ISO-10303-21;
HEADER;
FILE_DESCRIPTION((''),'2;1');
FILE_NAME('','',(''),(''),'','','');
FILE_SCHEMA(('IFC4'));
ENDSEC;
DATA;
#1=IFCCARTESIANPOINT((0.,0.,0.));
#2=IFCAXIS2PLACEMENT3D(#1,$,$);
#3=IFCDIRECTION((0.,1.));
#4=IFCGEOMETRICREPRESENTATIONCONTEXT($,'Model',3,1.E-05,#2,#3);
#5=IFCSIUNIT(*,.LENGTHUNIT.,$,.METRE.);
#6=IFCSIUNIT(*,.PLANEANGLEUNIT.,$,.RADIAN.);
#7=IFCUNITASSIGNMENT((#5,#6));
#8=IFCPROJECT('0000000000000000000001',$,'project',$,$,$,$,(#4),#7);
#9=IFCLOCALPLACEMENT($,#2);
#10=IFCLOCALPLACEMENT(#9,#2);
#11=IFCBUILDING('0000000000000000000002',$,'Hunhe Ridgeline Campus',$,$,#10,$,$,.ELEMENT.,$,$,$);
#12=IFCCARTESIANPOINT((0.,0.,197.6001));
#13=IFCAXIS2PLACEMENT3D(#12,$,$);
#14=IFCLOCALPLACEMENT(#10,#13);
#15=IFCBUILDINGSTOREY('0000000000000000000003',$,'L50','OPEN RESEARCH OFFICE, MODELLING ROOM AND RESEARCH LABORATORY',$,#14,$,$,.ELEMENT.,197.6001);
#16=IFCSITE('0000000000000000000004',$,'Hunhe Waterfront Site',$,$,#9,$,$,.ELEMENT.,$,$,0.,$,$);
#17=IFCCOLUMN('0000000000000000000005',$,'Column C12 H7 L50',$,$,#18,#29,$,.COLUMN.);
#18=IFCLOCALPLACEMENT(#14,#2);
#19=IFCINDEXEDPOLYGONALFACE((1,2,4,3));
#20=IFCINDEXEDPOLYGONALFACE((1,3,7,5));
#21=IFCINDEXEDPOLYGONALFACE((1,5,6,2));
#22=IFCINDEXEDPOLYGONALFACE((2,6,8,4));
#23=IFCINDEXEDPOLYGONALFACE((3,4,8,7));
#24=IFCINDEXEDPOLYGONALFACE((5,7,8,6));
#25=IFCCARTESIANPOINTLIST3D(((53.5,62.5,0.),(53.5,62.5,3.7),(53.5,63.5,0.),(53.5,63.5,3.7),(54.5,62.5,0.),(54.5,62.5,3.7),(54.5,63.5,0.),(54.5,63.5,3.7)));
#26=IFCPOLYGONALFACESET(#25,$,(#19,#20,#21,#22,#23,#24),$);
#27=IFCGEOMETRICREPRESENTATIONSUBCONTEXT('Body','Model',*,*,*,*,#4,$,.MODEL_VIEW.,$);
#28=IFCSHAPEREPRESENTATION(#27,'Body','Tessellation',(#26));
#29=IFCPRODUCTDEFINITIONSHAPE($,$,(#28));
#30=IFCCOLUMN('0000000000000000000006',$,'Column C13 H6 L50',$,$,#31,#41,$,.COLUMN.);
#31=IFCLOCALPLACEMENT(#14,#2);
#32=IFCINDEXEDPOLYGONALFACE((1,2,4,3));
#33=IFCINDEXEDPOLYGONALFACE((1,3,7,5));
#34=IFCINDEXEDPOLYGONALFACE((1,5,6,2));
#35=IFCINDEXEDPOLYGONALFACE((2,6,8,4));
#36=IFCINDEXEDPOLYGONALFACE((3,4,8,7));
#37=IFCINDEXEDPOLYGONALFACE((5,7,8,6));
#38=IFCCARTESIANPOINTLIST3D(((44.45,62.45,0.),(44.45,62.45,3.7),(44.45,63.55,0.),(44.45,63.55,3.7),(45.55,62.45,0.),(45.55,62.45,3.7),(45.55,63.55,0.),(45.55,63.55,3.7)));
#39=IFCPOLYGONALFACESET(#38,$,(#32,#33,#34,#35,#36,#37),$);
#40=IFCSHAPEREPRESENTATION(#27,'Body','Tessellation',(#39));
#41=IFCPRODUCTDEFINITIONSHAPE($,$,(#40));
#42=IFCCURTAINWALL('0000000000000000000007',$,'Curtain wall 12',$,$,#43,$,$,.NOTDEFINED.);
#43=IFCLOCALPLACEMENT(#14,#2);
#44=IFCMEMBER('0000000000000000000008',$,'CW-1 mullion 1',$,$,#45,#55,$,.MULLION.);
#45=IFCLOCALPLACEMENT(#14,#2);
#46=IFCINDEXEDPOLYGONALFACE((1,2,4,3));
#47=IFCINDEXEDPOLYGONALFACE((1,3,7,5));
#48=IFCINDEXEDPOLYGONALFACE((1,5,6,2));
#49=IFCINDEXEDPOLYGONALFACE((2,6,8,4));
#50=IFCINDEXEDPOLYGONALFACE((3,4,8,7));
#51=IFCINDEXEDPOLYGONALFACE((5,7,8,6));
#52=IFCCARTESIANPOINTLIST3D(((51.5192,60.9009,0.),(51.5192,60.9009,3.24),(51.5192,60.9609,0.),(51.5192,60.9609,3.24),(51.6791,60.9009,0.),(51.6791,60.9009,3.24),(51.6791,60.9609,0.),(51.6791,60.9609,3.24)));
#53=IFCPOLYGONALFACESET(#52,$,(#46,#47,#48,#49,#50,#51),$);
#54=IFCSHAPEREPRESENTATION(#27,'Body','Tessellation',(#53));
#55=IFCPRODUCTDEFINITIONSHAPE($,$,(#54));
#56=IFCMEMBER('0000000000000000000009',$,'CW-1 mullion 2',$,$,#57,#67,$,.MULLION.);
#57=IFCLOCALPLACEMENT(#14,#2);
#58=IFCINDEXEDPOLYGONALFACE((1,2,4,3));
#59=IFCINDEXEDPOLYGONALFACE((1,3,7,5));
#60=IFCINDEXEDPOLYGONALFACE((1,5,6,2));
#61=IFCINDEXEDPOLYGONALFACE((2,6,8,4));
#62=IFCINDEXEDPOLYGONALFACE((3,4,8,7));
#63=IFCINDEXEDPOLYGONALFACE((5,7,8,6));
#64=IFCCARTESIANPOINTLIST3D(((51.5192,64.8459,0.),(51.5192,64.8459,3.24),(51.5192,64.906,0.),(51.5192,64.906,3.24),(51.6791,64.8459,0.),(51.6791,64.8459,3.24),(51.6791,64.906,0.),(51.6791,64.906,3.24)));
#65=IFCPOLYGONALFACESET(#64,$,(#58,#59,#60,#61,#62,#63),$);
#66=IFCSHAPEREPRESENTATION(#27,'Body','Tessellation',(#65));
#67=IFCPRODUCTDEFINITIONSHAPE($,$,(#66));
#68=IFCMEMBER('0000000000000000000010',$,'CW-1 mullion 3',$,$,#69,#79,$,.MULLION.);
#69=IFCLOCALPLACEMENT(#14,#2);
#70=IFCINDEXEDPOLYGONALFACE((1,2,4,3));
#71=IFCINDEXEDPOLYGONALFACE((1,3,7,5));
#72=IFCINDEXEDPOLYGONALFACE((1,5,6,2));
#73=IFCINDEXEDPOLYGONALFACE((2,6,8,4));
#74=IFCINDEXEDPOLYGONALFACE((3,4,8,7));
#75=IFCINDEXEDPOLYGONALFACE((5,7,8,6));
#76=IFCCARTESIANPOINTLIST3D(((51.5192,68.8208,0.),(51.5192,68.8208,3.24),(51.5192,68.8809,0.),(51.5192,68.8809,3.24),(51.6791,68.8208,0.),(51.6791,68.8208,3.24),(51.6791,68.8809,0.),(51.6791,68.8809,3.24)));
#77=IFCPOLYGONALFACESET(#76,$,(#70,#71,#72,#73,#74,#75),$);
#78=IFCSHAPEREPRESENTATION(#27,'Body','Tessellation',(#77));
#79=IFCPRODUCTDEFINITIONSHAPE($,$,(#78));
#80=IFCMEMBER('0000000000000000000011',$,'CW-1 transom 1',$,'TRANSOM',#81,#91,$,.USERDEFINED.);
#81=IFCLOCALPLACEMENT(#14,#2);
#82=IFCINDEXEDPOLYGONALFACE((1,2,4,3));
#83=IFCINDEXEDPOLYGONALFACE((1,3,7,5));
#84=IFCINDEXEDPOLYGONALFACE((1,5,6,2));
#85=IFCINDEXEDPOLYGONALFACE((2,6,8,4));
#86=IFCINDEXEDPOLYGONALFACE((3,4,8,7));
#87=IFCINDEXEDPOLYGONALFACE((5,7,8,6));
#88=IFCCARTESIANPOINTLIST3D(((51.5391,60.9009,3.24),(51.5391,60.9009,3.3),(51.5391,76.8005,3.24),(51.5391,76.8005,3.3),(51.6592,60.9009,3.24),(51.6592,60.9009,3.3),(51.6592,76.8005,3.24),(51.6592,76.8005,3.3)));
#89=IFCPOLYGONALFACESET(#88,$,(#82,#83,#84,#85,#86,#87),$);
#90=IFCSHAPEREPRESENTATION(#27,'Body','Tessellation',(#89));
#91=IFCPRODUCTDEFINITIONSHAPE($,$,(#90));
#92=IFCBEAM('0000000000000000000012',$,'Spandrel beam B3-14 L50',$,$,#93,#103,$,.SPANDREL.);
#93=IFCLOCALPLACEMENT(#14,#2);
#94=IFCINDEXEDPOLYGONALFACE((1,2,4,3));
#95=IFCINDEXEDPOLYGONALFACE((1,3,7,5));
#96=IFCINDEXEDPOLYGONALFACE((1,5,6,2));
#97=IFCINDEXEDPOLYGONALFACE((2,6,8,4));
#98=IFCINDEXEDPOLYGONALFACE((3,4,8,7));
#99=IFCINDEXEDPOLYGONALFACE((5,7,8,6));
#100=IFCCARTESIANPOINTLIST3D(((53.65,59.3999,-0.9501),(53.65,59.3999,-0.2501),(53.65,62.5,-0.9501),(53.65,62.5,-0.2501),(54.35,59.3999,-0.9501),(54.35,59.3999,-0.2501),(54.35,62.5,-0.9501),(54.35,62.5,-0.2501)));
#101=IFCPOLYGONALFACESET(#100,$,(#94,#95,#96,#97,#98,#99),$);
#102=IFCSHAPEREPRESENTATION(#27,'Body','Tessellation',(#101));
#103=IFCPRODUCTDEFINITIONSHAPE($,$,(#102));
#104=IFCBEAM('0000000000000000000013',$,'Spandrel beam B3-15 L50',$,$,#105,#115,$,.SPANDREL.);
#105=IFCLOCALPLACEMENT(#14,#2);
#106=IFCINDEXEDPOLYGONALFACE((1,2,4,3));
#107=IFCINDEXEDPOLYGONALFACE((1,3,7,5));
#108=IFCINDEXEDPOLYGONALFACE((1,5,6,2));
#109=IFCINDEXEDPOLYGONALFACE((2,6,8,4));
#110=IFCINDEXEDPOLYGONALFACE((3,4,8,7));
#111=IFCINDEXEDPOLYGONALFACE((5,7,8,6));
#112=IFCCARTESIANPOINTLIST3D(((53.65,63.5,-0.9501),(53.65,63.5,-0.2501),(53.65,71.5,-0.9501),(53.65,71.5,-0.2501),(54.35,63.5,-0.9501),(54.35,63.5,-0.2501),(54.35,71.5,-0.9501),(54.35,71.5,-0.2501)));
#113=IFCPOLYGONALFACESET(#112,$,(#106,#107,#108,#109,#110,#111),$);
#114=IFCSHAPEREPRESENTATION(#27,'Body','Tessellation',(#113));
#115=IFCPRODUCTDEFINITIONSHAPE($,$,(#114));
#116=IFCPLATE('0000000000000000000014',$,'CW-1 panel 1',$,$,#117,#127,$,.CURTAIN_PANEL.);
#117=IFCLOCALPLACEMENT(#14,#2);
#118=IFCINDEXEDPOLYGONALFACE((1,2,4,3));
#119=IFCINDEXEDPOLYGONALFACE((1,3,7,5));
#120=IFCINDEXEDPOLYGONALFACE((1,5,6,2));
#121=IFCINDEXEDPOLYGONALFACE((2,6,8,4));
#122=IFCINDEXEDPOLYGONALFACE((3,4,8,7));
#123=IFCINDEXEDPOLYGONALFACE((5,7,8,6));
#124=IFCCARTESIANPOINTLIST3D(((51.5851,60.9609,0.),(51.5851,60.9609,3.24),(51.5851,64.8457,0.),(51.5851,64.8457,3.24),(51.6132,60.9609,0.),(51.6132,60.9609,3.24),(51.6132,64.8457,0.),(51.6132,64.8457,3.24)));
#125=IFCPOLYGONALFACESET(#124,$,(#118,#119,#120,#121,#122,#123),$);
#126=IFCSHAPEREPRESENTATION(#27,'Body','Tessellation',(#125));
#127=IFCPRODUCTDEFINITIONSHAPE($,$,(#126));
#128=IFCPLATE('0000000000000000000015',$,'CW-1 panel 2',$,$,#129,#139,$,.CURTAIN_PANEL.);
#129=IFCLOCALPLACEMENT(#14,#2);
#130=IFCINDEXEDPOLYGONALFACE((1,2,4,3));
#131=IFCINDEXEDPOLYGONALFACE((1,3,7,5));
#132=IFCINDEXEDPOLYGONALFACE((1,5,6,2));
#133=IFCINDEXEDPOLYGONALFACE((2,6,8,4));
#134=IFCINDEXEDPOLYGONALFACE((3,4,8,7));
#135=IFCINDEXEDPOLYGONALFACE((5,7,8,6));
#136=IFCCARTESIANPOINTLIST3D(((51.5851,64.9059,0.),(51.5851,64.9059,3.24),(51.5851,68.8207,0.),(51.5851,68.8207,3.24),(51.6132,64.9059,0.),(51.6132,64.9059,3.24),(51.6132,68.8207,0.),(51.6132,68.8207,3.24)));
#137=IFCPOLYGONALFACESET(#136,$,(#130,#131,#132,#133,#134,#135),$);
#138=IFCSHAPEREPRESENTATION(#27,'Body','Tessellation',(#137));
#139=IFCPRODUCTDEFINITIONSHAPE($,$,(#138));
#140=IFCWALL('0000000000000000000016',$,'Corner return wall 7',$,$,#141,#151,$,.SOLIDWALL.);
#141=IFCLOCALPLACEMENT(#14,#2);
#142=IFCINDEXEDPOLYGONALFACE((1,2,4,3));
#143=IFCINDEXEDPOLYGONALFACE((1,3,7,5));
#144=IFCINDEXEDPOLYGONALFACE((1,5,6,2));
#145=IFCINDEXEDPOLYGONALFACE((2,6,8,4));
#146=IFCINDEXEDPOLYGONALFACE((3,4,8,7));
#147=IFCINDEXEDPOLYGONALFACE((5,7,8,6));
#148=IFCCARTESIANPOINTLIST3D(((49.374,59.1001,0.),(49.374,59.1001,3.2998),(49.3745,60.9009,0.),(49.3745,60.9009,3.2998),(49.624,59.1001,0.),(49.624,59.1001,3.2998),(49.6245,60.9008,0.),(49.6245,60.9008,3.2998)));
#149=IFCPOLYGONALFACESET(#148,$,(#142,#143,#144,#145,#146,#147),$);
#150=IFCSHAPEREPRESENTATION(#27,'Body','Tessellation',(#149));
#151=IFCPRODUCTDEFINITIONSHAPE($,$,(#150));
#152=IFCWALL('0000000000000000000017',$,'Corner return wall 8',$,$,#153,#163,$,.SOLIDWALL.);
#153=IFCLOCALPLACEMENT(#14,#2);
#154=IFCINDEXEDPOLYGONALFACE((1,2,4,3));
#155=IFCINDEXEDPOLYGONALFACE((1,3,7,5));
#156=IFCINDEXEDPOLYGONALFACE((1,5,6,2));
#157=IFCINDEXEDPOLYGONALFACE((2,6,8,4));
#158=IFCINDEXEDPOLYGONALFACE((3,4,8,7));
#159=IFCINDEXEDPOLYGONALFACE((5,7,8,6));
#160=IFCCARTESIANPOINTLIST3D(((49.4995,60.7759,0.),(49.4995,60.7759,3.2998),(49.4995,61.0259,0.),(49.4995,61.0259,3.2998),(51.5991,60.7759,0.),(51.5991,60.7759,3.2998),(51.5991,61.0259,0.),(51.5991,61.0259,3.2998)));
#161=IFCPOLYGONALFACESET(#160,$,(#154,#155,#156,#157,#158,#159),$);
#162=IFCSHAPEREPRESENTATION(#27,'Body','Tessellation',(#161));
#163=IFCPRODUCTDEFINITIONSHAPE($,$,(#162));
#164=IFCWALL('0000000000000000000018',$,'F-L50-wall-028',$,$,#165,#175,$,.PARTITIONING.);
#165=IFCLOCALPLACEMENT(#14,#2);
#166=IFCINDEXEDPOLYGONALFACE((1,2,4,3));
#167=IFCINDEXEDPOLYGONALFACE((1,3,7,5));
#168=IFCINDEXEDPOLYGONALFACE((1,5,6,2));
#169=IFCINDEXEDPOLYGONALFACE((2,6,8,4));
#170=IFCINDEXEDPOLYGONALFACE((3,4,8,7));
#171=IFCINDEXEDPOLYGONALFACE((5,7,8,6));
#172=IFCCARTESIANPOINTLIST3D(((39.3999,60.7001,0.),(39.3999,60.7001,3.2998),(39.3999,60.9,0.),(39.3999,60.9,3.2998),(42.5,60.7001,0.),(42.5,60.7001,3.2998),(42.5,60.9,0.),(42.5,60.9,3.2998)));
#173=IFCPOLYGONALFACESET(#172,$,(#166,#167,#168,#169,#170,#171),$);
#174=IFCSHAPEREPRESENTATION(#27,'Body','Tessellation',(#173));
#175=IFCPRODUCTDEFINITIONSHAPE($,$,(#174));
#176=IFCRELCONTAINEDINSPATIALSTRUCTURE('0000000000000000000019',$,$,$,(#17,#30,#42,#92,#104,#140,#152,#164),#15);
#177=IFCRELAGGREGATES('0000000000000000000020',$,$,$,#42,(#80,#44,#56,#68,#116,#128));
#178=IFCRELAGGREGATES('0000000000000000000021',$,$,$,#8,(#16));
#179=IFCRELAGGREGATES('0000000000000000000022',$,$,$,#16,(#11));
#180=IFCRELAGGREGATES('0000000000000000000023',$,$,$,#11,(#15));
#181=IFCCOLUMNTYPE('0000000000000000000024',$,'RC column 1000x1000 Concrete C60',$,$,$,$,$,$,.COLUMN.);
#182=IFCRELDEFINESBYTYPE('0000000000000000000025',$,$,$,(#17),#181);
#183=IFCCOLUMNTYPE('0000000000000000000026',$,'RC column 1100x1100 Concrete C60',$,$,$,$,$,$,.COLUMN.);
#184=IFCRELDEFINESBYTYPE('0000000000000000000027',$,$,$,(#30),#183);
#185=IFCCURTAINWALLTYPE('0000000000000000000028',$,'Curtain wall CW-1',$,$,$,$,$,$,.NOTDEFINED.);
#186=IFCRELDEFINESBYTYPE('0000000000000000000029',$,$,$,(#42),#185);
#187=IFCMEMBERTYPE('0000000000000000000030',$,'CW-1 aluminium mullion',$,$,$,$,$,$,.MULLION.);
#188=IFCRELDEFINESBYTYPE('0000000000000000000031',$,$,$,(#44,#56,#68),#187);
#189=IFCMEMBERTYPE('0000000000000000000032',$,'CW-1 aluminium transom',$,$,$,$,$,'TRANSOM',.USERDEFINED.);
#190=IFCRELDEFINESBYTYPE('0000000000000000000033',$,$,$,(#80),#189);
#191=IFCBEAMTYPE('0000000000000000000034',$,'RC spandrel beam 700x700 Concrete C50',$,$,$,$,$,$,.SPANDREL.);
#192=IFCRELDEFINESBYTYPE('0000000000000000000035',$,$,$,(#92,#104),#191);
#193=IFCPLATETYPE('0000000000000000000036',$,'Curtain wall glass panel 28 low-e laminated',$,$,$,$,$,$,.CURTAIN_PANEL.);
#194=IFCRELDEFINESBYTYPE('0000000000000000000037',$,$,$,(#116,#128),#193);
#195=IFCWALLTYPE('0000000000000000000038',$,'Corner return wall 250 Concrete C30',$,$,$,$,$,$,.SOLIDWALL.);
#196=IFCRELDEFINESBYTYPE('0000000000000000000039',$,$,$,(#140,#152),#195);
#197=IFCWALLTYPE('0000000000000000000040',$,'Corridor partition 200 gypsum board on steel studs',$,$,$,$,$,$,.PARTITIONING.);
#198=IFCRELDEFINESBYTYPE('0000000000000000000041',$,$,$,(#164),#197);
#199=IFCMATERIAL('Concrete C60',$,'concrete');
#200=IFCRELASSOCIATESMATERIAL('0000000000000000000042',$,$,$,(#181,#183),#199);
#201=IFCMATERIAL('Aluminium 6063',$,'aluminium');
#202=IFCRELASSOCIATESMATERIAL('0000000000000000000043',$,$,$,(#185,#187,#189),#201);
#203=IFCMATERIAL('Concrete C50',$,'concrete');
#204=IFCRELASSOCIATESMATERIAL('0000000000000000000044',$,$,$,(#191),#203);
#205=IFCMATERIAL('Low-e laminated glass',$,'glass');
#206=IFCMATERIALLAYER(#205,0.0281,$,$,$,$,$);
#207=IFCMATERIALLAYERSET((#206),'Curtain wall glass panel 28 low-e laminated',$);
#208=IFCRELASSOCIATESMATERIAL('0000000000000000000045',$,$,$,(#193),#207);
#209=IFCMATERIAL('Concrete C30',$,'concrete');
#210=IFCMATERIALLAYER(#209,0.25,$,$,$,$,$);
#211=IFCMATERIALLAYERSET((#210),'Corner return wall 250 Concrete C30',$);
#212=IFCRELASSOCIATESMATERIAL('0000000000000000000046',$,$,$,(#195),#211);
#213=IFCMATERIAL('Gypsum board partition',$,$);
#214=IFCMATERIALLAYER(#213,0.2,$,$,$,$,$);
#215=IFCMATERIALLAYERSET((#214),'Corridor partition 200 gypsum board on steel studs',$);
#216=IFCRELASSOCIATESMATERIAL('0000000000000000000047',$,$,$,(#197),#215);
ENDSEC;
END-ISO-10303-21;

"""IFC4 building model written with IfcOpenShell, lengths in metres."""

from ifc_helpers import new_model, si_unit, direction, frame, frame_2d, origin, origin_2d, place, context, subcontext, project, spatial, rectangle, extrude, material, layer, layer_set, material_profile, profile_set, type_object, element, aggregate, save


model = new_model("IFC4")

# Units and contexts
model_context = context("Model", 3, precision=1e-05, world=origin(), true_north=direction((0.0, 1.0)))
body_context = subcontext(model_context, "Body", "Model", "MODEL_VIEW")
ifc_project = project(units=[si_unit("LENGTHUNIT", "METRE"), si_unit("PLANEANGLEUNIT", "RADIAN")], contexts=[model_context])

# Site, building, storey
site_placement = place(None, origin())
site = spatial("IfcSite", under=ifc_project, at=site_placement, Name="Hunhe Waterfront Site", CompositionType="ELEMENT", RefElevation=0.0)
building_placement = place(site_placement, origin())
building = spatial("IfcBuilding", under=site, at=building_placement, Name="Hunhe Ridgeline Campus", CompositionType="ELEMENT")
storey_placement = place(building_placement, frame((0.0, 0.0, 197.6001)))
storey = spatial("IfcBuildingStorey", under=building, at=storey_placement, Name="L50", Description="OPEN RESEARCH OFFICE, MODELLING ROOM AND RESEARCH LABORATORY", CompositionType="ELEMENT", Elevation=197.6001)

# Columns
ifc_material_1 = material(Name="Concrete C60", Category="concrete")
ifc_material_profile_1 = material_profile(ifc_material_1, rectangle(XDim=1.0, YDim=1.0, at=origin_2d()))
ifc_profile_set_1 = profile_set([ifc_material_profile_1], Name="Concrete C60")
column_type_1 = type_object("IfcColumnType", Name="RC column 1000x1000 Concrete C60", PredefinedType="COLUMN", material=ifc_profile_set_1)
column_1_placement = place(storey_placement, frame((54.0, 63.0, 0.0), z_axis=(0.0, 0.0, 1.0), x_axis=(1.0, 0.0, 0.0)))
element("IfcColumn", 1, at=column_1_placement, inside=storey, type_object=column_type_1, Name="Column C12 H7 L50", PredefinedType="COLUMN", context=body_context, shape_type="SweptSolid", body=[
    extrude(rectangle(XDim=1.0, YDim=1.0, at=origin_2d()), origin(), (0.0, 0.0, 1.0), 3.7),
])
ifc_material_profile_2 = material_profile(ifc_material_1, rectangle(XDim=1.1001, YDim=1.1001, at=origin_2d()))
ifc_profile_set_2 = profile_set([ifc_material_profile_2], Name="Concrete C60")
column_type_2 = type_object("IfcColumnType", Name="RC column 1100x1100 Concrete C60", PredefinedType="COLUMN", material=ifc_profile_set_2)
column_2_placement = place(storey_placement, frame((45.0, 63.0, 0.0), z_axis=(0.0, 0.0, 1.0), x_axis=(1.0, 0.0, 0.0)))
element("IfcColumn", 2, at=column_2_placement, inside=storey, type_object=column_type_2, Name="Column C13 H6 L50", PredefinedType="COLUMN", context=body_context, shape_type="SweptSolid", body=[
    extrude(rectangle(XDim=1.1001, YDim=1.1001, at=origin_2d()), origin(), (0.0, 0.0, 1.0), 3.7),
])

# Curtain wall, members
ifc_material_2 = material(Name="Aluminium 6063", Category="aluminium")
curtain_wall_type = type_object("IfcCurtainWallType", Name="Curtain wall CW-1", PredefinedType="NOTDEFINED", material=ifc_material_2)
curtain_wall_placement = place(storey_placement, origin())
curtain_wall = element("IfcCurtainWall", 3, at=curtain_wall_placement, inside=storey, type_object=curtain_wall_type, Name="Curtain wall 12", PredefinedType="NOTDEFINED")
ifc_material_profile_3 = material_profile(ifc_material_2, rectangle(XDim=0.1599, YDim=0.0601, at=origin_2d()))
ifc_profile_set_3 = profile_set([ifc_material_profile_3], Name="Aluminium 6063")
member_type_1 = type_object("IfcMemberType", Name="CW-1 aluminium mullion", PredefinedType="MULLION", material=ifc_profile_set_3)
member_1_placement = place(storey_placement, frame((51.5991, 60.9309, 0.0), z_axis=(0.0, 0.0, 1.0), x_axis=(-1.0, 0.0, 0.0)))
member_1 = element("IfcMember", 4, at=member_1_placement, type_object=member_type_1, Name="CW-1 mullion 1", PredefinedType="MULLION", context=body_context, shape_type="SweptSolid", body=[
    extrude(rectangle(XDim=0.1599, YDim=0.0601, at=origin_2d()), origin(), (0.0, 0.0, 1.0), 3.24),
])
member_2_placement = place(storey_placement, frame((51.5991, 64.876, 0.0), z_axis=(0.0, 0.0, 1.0), x_axis=(-1.0, 0.0, 0.0)))
member_2 = element("IfcMember", 5, at=member_2_placement, type_object=member_type_1, Name="CW-1 mullion 2", PredefinedType="MULLION", context=body_context, shape_type="SweptSolid", body=[
    extrude(rectangle(XDim=0.1599, YDim=0.0601, at=origin_2d()), origin(), (0.0, 0.0, 1.0), 3.24),
])
member_3_placement = place(storey_placement, frame((51.5991, 68.8508, 0.0), z_axis=(0.0, 0.0, 1.0), x_axis=(-1.0, 0.0, 0.0)))
member_3 = element("IfcMember", 6, at=member_3_placement, type_object=member_type_1, Name="CW-1 mullion 3", PredefinedType="MULLION", context=body_context, shape_type="SweptSolid", body=[
    extrude(rectangle(XDim=0.1599, YDim=0.0601, at=origin_2d()), origin(), (0.0, 0.0, 1.0), 3.24),
])
ifc_material_profile_4 = material_profile(ifc_material_2, rectangle(XDim=0.1201, YDim=0.0601, at=origin_2d()))
ifc_profile_set_4 = profile_set([ifc_material_profile_4], Name="Aluminium 6063")
member_type_2 = type_object("IfcMemberType", Name="CW-1 aluminium transom", ElementType="TRANSOM", PredefinedType="USERDEFINED", material=ifc_profile_set_4)
member_4_placement = place(storey_placement, frame((51.5991, 60.9009, 3.27), z_axis=(0.0, 1.0, 0.0), x_axis=(-1.0, 0.0, 0.0)))
member_4 = element("IfcMember", 7, at=member_4_placement, type_object=member_type_2, Name="CW-1 transom 1", ObjectType="TRANSOM", PredefinedType="USERDEFINED", context=body_context, shape_type="SweptSolid", body=[
    extrude(rectangle(XDim=0.1201, YDim=0.0601, at=origin_2d()), origin(), (0.0, 0.0, 1.0), 15.8997),
])

# Beams
ifc_material_3 = material(Name="Concrete C50", Category="concrete")
ifc_material_profile_5 = material_profile(ifc_material_3, rectangle(XDim=0.7, YDim=0.7, at=origin_2d()))
ifc_profile_set_5 = profile_set([ifc_material_profile_5], Name="Concrete C50")
beam_type = type_object("IfcBeamType", Name="RC spandrel beam 700x700 Concrete C50", PredefinedType="SPANDREL", material=ifc_profile_set_5)
beam_1_placement = place(storey_placement, frame((54.0, 59.3999, -0.6001), z_axis=(0.0, 1.0, 0.0), x_axis=(-1.0, 0.0, 0.0)))
element("IfcBeam", 8, at=beam_1_placement, inside=storey, type_object=beam_type, Name="Spandrel beam B3-14 L50", PredefinedType="SPANDREL", context=body_context, shape_type="SweptSolid", body=[
    extrude(rectangle(XDim=0.7, YDim=0.7, at=origin_2d()), origin(), (0.0, 0.0, 1.0), 3.1001),
])
beam_2_placement = place(storey_placement, frame((54.0, 63.5, -0.6001), z_axis=(0.0, 1.0, 0.0), x_axis=(-1.0, 0.0, 0.0)))
element("IfcBeam", 9, at=beam_2_placement, inside=storey, type_object=beam_type, Name="Spandrel beam B3-15 L50", PredefinedType="SPANDREL", context=body_context, shape_type="SweptSolid", body=[
    extrude(rectangle(XDim=0.7, YDim=0.7, at=origin_2d()), origin(), (0.0, 0.0, 1.0), 8.0),
])

# Plates
ifc_material_4 = material(Name="Low-e laminated glass", Category="glass")
ifc_layer_1 = layer(ifc_material_4, 0.0281)
ifc_layer_set_1 = layer_set([ifc_layer_1], Name="Curtain wall glass panel 28 low-e laminated")
plate_type = type_object("IfcPlateType", Name="Curtain wall glass panel 28 low-e laminated", PredefinedType="CURTAIN_PANEL", material=ifc_layer_set_1)
plate_1_placement = place(storey_placement, frame((51.5991, 62.9033, 0.0), z_axis=(0.0, 0.0, 1.0), x_axis=(0.0, 1.0, 0.0)))
plate_1 = element("IfcPlate", 10, at=plate_1_placement, type_object=plate_type, Name="CW-1 panel 1", PredefinedType="CURTAIN_PANEL", context=body_context, shape_type="SweptSolid", body=[
    extrude(rectangle(XDim=3.8848, YDim=0.0281, at=origin_2d()), origin(), (0.0, 0.0, 1.0), 3.24),
])
plate_2_placement = place(storey_placement, frame((51.5991, 66.8633, 0.0), z_axis=(0.0, 0.0, 1.0), x_axis=(0.0, 1.0, 0.0)))
plate_2 = element("IfcPlate", 11, at=plate_2_placement, type_object=plate_type, Name="CW-1 panel 2", PredefinedType="CURTAIN_PANEL", context=body_context, shape_type="SweptSolid", body=[
    extrude(rectangle(XDim=3.9148, YDim=0.0281, at=origin_2d()), origin(), (0.0, 0.0, 1.0), 3.24),
])
aggregate(curtain_wall, [member_4, member_1, member_2, member_3, plate_1, plate_2])

# Walls
ifc_material_5 = material(Name="Concrete C30", Category="concrete")
ifc_layer_2 = layer(ifc_material_5, 0.25)
ifc_layer_set_2 = layer_set([ifc_layer_2], Name="Corner return wall 250 Concrete C30")
wall_type_1 = type_object("IfcWallType", Name="Corner return wall 250 Concrete C30", PredefinedType="SOLIDWALL", material=ifc_layer_set_2)
wall_1_placement = place(storey_placement, frame((49.499, 59.1001, 0.0), z_axis=(0.0, 0.0, 1.0), x_axis=(0.000271, 1.0, 0.0)))
element("IfcWall", 12, at=wall_1_placement, inside=storey, type_object=wall_type_1, Name="Corner return wall 7", PredefinedType="SOLIDWALL", context=body_context, shape_type="SweptSolid", body=[
    extrude(rectangle(XDim=1.8008, YDim=0.25, at=frame_2d((0.9004, 0.0))), origin(), (0.0, 0.0, 1.0), 3.2998),
])
wall_2_placement = place(storey_placement, frame((49.4995, 60.9009, 0.0), z_axis=(0.0, 0.0, 1.0), x_axis=(1.0, 0.0, 0.0)))
element("IfcWall", 13, at=wall_2_placement, inside=storey, type_object=wall_type_1, Name="Corner return wall 8", PredefinedType="SOLIDWALL", context=body_context, shape_type="SweptSolid", body=[
    extrude(rectangle(XDim=2.0996, YDim=0.25, at=frame_2d((1.0498, 0.0))), origin(), (0.0, 0.0, 1.0), 3.2998),
])

# Shared definitions
ifc_material_6 = material(Name="Gypsum board partition")
ifc_layer_3 = layer(ifc_material_6, 0.2)
ifc_layer_set_3 = layer_set([ifc_layer_3], Name="Corridor partition 200 gypsum board on steel studs")
wall_type_2 = type_object("IfcWallType", Name="Corridor partition 200 gypsum board on steel studs", PredefinedType="PARTITIONING", material=ifc_layer_set_3)

# Wall
wall_3_placement = place(storey_placement, frame((42.5, 60.8, 0.0), z_axis=(0.0, 0.0, 1.0), x_axis=(-1.0, 0.0, 0.0)))
element("IfcWall", 14, at=wall_3_placement, inside=storey, type_object=wall_type_2, Name="F-L50-wall-028", PredefinedType="PARTITIONING", context=body_context, shape_type="SweptSolid", body=[
    extrude(rectangle(XDim=3.1001, YDim=0.2, at=frame_2d((1.55, 0.0))), origin(), (0.0, 0.0, 1.0), 3.2998),
])

save(model, "model.ifc")
